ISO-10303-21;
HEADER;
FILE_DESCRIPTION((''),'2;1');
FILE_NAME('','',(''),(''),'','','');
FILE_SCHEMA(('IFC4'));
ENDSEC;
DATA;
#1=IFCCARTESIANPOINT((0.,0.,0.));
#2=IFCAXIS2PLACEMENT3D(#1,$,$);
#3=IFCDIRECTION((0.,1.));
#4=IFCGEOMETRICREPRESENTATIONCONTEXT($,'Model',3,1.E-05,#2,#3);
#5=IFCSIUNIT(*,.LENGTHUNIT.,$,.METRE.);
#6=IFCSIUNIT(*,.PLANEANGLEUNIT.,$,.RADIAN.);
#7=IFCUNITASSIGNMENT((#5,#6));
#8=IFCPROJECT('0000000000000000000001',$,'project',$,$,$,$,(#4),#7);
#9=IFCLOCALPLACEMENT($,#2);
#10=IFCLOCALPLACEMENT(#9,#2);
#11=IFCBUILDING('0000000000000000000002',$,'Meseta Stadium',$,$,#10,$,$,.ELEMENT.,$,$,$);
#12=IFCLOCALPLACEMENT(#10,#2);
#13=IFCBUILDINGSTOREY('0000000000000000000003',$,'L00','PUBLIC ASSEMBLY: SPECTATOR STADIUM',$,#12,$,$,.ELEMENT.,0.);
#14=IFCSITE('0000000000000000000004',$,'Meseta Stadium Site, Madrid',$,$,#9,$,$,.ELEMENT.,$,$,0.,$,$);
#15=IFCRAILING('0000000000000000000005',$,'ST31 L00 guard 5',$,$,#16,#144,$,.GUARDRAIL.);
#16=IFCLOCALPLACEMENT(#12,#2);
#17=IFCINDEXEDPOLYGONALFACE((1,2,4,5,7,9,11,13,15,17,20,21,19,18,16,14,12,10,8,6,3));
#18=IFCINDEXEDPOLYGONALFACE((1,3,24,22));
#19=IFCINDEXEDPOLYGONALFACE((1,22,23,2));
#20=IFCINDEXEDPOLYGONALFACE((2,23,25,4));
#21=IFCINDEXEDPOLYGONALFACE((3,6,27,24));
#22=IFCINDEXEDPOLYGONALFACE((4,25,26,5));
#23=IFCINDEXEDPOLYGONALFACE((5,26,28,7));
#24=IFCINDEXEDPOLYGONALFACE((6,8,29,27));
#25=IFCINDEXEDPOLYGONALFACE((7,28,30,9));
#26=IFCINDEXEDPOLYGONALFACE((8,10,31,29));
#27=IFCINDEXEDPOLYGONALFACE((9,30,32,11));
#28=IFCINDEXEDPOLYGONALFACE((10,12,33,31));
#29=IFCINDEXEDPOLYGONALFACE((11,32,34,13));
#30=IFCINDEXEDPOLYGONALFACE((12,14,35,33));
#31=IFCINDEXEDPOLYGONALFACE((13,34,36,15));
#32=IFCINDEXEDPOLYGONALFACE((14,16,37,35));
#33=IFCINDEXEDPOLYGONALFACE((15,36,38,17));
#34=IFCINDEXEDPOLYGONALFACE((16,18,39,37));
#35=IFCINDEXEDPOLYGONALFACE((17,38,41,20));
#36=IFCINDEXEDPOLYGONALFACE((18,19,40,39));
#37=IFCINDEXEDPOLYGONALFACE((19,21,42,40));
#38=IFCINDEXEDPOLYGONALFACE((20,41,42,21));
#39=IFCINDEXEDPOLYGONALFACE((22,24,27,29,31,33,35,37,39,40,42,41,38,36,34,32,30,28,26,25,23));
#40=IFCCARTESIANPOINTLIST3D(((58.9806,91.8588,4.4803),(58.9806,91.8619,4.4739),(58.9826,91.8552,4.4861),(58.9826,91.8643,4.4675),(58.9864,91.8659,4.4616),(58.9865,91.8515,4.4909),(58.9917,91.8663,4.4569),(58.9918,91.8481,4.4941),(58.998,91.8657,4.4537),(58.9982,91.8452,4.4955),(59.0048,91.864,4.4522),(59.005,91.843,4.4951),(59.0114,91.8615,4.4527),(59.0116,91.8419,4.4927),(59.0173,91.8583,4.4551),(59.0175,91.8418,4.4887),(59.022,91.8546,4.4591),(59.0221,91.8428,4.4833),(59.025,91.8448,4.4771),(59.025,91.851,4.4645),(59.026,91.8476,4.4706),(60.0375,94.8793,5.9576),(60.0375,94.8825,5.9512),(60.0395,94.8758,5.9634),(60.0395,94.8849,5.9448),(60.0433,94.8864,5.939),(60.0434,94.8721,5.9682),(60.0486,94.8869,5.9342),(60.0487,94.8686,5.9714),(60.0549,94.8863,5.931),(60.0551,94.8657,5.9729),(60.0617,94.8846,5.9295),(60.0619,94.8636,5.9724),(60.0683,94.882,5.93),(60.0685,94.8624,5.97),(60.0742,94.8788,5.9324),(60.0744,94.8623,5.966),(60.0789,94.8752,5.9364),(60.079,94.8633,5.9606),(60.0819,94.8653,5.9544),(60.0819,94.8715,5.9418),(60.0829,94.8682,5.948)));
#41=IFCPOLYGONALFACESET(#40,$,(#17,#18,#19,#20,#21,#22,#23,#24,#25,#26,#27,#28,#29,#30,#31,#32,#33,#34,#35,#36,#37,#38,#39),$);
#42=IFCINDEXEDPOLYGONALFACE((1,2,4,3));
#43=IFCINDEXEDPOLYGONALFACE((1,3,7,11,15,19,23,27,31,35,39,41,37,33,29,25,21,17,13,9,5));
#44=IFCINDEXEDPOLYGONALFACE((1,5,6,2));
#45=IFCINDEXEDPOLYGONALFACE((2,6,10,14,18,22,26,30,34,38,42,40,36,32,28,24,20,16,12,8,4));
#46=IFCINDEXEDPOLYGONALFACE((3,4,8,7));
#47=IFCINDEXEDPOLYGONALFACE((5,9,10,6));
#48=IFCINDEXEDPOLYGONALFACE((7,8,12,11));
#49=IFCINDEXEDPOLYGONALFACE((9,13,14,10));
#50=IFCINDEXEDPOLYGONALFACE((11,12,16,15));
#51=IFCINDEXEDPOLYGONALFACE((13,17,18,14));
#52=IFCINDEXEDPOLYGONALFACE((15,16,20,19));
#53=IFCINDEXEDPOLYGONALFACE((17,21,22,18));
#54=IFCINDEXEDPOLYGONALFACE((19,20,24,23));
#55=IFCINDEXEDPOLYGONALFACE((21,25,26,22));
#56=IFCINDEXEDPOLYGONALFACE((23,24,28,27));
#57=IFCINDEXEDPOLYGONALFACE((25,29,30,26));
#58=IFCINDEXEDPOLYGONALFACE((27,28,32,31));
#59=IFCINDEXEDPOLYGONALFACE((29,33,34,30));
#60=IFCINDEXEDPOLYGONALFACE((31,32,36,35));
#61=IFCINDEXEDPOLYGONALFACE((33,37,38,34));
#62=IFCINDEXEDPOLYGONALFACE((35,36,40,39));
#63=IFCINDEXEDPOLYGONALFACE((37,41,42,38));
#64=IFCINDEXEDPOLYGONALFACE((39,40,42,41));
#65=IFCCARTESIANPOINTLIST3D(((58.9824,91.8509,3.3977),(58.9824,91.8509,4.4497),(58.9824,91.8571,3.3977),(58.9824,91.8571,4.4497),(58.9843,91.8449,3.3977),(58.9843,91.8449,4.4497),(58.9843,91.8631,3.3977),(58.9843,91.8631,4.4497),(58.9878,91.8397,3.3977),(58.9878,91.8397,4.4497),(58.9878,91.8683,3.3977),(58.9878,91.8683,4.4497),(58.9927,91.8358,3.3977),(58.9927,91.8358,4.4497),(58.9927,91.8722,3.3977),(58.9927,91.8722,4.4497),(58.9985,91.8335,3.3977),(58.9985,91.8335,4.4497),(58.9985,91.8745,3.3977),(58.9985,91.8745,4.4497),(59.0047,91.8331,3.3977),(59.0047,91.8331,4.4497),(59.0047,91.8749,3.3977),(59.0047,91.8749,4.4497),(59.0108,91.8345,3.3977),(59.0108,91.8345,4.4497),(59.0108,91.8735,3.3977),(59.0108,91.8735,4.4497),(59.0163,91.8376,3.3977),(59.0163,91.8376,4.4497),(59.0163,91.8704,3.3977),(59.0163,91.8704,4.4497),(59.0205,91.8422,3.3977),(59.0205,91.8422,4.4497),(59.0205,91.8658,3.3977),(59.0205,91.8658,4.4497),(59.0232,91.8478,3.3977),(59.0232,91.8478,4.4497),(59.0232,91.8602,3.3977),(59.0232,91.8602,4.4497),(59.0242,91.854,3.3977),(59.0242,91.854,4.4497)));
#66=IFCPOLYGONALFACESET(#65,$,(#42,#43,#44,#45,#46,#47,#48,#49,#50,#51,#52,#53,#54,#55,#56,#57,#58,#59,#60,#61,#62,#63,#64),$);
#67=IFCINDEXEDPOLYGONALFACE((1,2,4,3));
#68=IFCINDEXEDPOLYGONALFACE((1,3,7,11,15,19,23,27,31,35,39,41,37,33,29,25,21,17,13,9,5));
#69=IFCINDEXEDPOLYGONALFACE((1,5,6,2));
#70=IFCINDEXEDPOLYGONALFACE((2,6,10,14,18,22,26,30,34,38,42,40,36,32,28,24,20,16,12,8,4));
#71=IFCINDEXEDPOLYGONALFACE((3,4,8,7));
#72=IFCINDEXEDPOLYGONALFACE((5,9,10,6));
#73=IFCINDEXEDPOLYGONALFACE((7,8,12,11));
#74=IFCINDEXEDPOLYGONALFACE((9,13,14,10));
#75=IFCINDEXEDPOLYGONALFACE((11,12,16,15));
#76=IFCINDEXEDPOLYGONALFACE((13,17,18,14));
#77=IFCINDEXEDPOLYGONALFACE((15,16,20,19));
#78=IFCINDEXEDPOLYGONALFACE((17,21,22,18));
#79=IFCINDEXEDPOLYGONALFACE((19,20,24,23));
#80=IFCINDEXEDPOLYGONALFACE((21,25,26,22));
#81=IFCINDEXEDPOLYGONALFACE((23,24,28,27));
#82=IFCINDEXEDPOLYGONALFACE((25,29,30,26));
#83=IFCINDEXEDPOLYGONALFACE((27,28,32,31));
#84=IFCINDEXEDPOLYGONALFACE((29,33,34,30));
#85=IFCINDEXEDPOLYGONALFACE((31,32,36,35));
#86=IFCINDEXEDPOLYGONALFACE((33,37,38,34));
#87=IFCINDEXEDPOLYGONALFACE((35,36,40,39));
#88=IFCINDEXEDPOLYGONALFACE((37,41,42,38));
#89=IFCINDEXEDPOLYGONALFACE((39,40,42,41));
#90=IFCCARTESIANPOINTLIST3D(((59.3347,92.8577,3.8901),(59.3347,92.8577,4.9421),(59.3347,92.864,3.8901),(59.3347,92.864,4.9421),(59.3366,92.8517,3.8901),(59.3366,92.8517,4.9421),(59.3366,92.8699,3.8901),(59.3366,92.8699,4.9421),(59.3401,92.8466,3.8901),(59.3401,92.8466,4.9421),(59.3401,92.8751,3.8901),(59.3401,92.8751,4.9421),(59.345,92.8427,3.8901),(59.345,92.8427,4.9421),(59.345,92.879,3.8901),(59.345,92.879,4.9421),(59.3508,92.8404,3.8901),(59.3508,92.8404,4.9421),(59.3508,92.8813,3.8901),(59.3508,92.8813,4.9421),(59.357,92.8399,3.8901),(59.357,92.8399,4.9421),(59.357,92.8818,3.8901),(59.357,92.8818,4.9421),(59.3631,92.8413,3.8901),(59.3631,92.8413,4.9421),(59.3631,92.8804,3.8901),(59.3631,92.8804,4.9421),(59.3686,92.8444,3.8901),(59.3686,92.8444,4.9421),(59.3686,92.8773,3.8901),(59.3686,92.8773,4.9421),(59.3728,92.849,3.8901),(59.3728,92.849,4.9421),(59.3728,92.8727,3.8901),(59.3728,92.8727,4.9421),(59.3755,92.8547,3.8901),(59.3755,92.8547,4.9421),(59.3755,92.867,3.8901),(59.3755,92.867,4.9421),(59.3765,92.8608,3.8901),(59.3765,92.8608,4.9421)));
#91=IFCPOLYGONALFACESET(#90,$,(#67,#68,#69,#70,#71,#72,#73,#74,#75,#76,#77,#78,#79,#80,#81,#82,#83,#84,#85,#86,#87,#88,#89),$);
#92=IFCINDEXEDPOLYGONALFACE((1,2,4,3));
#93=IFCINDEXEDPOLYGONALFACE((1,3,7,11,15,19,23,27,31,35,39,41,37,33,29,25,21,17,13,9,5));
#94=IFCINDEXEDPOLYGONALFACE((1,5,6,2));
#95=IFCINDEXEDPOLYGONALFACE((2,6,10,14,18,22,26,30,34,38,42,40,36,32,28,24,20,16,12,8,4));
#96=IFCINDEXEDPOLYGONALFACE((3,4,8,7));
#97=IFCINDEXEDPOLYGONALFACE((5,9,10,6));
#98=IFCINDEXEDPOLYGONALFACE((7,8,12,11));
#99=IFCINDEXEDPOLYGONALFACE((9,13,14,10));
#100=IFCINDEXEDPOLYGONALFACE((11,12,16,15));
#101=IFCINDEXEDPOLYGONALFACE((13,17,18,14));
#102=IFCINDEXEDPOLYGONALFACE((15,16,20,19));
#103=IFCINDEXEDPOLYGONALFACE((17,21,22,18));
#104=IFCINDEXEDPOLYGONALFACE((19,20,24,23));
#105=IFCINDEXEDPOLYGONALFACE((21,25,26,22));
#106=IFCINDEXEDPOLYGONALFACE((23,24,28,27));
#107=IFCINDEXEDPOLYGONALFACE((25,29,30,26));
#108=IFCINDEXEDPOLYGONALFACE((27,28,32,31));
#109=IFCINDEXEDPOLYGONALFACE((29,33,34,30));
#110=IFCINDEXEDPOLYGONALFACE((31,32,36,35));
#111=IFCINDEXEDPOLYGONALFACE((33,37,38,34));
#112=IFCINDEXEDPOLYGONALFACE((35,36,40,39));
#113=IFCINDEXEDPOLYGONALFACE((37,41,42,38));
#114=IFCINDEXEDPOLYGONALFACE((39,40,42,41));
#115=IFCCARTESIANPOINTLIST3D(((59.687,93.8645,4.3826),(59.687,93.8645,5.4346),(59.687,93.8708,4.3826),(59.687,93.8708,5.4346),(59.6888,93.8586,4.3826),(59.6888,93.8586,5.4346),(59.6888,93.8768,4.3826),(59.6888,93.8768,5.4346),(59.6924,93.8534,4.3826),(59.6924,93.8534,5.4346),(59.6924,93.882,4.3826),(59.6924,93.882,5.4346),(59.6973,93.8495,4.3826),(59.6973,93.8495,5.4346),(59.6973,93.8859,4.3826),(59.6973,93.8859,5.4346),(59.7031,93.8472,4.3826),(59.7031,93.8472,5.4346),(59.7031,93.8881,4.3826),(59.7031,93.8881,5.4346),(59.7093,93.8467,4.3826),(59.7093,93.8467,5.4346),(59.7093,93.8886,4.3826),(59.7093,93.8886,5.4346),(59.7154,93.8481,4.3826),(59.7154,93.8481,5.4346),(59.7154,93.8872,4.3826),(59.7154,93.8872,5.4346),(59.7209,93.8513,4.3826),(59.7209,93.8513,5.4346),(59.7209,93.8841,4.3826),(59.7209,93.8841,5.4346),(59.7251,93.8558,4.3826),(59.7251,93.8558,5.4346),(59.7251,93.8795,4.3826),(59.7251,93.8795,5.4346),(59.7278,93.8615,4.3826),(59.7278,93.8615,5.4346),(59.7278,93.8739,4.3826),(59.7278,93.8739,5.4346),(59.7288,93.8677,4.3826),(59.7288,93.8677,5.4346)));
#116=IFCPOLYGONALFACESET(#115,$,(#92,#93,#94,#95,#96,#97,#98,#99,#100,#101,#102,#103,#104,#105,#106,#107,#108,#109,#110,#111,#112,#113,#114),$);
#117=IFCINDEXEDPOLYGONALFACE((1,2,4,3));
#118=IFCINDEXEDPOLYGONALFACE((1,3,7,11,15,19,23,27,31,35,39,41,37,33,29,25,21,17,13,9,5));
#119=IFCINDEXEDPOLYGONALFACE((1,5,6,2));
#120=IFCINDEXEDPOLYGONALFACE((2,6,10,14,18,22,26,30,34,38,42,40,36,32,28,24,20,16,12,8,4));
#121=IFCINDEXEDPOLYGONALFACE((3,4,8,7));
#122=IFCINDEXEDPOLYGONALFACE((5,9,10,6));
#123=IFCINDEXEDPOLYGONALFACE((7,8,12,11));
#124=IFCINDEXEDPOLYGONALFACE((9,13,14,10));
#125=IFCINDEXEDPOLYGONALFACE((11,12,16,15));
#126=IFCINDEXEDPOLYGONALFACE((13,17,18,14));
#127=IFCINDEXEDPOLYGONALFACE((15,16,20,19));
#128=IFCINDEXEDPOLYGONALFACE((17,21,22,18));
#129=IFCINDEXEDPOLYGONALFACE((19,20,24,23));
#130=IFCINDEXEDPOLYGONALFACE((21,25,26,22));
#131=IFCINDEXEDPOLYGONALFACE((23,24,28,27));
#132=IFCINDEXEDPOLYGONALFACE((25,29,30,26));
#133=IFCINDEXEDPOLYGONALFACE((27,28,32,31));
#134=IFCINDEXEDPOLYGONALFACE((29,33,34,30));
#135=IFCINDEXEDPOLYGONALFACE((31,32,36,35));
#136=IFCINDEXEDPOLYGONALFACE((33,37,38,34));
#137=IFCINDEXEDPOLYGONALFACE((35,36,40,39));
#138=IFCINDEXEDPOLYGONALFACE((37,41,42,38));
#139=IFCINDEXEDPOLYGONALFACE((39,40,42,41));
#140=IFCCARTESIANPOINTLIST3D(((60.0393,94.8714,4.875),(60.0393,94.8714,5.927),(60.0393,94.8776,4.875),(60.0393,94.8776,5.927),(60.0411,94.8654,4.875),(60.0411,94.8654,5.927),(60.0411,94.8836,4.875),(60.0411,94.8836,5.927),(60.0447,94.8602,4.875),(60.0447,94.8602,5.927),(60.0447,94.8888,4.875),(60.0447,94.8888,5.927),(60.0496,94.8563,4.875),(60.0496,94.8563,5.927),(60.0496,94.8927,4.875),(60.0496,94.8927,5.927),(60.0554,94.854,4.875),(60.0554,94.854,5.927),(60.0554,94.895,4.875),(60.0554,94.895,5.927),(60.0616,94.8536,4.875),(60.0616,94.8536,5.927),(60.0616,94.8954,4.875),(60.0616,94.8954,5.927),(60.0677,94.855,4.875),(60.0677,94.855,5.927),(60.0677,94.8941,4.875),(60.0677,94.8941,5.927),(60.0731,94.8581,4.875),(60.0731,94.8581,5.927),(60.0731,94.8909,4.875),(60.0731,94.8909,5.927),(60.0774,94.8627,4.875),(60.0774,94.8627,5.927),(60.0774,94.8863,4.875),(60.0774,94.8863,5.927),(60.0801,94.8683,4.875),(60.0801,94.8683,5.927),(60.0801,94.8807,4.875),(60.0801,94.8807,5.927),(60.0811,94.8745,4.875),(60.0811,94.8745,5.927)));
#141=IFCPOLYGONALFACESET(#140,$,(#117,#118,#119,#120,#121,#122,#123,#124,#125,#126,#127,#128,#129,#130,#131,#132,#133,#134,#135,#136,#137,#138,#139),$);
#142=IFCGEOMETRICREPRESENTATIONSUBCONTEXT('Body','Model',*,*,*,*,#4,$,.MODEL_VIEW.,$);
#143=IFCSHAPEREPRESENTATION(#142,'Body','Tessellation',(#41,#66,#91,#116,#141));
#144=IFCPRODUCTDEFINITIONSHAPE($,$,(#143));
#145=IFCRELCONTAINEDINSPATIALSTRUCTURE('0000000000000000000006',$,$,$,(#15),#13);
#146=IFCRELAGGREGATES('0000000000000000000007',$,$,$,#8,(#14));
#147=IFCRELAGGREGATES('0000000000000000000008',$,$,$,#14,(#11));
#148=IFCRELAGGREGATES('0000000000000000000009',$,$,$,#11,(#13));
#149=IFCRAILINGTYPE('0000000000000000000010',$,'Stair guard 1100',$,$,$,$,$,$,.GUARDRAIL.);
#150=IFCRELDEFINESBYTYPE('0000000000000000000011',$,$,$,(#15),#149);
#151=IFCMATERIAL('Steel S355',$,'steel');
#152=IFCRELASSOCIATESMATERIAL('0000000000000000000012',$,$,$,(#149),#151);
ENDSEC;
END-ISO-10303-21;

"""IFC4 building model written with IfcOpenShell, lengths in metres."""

from ifc_helpers import new_model, si_unit, direction, frame, origin, origin_2d, place, context, subcontext, project, spatial, circle, extrude, material, type_object, element, save


model = new_model("IFC4")

# Units and contexts
model_context = context("Model", 3, precision=1e-05, world=origin(), true_north=direction((0.0, 1.0)))
body_context = subcontext(model_context, "Body", "Model", "MODEL_VIEW")
ifc_project = project(units=[si_unit("LENGTHUNIT", "METRE"), si_unit("PLANEANGLEUNIT", "RADIAN")], contexts=[model_context])

# Site, building, storey
site_placement = place(None, origin())
site = spatial("IfcSite", under=ifc_project, at=site_placement, Name="Meseta Stadium Site, Madrid", CompositionType="ELEMENT", RefElevation=0.0)
building_placement = place(site_placement, origin())
building = spatial("IfcBuilding", under=site, at=building_placement, Name="Meseta Stadium", CompositionType="ELEMENT")
storey_placement = place(building_placement, origin())
storey = spatial("IfcBuildingStorey", under=building, at=storey_placement, Name="L00", Description="PUBLIC ASSEMBLY: SPECTATOR STADIUM", CompositionType="ELEMENT", Elevation=0.0)

# Railing
ifc_material_1 = material(Name="Steel S355", Category="steel")
railing_type_1 = type_object("IfcRailingType", Name="Stair guard 1100", PredefinedType="GUARDRAIL", material=ifc_material_1)
railing_1_placement = place(storey_placement, frame((59.0032, 91.854, 3.3977)))
element("IfcRailing", 1, at=railing_1_placement, inside=storey, type_object=railing_type_1, Name="ST31 L00 guard 5", PredefinedType="GUARDRAIL", context=body_context, shape_type="SweptSolid", body=[
    extrude(circle(Radius=0.0239, at=origin_2d()), frame((0.0, 0.0, 1.0762), z_axis=(0.299859, 0.856977, 0.419137), x_axis=(-0.943887, 0.330269, 0.0)), (0.0, 0.0, 1.0), 3.5247),
    extrude(circle(Radius=0.021, at=origin_2d()), origin(), (0.0, 0.0, 1.0), 1.052),
    extrude(circle(Radius=0.021, at=origin_2d()), frame((0.3523, 1.0068, 0.4924)), (0.0, 0.0, 1.0), 1.052),
    extrude(circle(Radius=0.021, at=origin_2d()), frame((0.7046, 2.0137, 0.9849)), (0.0, 0.0, 1.0), 1.052),
    extrude(circle(Radius=0.021, at=origin_2d()), frame((1.0569, 3.0205, 1.4773)), (0.0, 0.0, 1.0), 1.052),
])

save(model, "model.ifc")
